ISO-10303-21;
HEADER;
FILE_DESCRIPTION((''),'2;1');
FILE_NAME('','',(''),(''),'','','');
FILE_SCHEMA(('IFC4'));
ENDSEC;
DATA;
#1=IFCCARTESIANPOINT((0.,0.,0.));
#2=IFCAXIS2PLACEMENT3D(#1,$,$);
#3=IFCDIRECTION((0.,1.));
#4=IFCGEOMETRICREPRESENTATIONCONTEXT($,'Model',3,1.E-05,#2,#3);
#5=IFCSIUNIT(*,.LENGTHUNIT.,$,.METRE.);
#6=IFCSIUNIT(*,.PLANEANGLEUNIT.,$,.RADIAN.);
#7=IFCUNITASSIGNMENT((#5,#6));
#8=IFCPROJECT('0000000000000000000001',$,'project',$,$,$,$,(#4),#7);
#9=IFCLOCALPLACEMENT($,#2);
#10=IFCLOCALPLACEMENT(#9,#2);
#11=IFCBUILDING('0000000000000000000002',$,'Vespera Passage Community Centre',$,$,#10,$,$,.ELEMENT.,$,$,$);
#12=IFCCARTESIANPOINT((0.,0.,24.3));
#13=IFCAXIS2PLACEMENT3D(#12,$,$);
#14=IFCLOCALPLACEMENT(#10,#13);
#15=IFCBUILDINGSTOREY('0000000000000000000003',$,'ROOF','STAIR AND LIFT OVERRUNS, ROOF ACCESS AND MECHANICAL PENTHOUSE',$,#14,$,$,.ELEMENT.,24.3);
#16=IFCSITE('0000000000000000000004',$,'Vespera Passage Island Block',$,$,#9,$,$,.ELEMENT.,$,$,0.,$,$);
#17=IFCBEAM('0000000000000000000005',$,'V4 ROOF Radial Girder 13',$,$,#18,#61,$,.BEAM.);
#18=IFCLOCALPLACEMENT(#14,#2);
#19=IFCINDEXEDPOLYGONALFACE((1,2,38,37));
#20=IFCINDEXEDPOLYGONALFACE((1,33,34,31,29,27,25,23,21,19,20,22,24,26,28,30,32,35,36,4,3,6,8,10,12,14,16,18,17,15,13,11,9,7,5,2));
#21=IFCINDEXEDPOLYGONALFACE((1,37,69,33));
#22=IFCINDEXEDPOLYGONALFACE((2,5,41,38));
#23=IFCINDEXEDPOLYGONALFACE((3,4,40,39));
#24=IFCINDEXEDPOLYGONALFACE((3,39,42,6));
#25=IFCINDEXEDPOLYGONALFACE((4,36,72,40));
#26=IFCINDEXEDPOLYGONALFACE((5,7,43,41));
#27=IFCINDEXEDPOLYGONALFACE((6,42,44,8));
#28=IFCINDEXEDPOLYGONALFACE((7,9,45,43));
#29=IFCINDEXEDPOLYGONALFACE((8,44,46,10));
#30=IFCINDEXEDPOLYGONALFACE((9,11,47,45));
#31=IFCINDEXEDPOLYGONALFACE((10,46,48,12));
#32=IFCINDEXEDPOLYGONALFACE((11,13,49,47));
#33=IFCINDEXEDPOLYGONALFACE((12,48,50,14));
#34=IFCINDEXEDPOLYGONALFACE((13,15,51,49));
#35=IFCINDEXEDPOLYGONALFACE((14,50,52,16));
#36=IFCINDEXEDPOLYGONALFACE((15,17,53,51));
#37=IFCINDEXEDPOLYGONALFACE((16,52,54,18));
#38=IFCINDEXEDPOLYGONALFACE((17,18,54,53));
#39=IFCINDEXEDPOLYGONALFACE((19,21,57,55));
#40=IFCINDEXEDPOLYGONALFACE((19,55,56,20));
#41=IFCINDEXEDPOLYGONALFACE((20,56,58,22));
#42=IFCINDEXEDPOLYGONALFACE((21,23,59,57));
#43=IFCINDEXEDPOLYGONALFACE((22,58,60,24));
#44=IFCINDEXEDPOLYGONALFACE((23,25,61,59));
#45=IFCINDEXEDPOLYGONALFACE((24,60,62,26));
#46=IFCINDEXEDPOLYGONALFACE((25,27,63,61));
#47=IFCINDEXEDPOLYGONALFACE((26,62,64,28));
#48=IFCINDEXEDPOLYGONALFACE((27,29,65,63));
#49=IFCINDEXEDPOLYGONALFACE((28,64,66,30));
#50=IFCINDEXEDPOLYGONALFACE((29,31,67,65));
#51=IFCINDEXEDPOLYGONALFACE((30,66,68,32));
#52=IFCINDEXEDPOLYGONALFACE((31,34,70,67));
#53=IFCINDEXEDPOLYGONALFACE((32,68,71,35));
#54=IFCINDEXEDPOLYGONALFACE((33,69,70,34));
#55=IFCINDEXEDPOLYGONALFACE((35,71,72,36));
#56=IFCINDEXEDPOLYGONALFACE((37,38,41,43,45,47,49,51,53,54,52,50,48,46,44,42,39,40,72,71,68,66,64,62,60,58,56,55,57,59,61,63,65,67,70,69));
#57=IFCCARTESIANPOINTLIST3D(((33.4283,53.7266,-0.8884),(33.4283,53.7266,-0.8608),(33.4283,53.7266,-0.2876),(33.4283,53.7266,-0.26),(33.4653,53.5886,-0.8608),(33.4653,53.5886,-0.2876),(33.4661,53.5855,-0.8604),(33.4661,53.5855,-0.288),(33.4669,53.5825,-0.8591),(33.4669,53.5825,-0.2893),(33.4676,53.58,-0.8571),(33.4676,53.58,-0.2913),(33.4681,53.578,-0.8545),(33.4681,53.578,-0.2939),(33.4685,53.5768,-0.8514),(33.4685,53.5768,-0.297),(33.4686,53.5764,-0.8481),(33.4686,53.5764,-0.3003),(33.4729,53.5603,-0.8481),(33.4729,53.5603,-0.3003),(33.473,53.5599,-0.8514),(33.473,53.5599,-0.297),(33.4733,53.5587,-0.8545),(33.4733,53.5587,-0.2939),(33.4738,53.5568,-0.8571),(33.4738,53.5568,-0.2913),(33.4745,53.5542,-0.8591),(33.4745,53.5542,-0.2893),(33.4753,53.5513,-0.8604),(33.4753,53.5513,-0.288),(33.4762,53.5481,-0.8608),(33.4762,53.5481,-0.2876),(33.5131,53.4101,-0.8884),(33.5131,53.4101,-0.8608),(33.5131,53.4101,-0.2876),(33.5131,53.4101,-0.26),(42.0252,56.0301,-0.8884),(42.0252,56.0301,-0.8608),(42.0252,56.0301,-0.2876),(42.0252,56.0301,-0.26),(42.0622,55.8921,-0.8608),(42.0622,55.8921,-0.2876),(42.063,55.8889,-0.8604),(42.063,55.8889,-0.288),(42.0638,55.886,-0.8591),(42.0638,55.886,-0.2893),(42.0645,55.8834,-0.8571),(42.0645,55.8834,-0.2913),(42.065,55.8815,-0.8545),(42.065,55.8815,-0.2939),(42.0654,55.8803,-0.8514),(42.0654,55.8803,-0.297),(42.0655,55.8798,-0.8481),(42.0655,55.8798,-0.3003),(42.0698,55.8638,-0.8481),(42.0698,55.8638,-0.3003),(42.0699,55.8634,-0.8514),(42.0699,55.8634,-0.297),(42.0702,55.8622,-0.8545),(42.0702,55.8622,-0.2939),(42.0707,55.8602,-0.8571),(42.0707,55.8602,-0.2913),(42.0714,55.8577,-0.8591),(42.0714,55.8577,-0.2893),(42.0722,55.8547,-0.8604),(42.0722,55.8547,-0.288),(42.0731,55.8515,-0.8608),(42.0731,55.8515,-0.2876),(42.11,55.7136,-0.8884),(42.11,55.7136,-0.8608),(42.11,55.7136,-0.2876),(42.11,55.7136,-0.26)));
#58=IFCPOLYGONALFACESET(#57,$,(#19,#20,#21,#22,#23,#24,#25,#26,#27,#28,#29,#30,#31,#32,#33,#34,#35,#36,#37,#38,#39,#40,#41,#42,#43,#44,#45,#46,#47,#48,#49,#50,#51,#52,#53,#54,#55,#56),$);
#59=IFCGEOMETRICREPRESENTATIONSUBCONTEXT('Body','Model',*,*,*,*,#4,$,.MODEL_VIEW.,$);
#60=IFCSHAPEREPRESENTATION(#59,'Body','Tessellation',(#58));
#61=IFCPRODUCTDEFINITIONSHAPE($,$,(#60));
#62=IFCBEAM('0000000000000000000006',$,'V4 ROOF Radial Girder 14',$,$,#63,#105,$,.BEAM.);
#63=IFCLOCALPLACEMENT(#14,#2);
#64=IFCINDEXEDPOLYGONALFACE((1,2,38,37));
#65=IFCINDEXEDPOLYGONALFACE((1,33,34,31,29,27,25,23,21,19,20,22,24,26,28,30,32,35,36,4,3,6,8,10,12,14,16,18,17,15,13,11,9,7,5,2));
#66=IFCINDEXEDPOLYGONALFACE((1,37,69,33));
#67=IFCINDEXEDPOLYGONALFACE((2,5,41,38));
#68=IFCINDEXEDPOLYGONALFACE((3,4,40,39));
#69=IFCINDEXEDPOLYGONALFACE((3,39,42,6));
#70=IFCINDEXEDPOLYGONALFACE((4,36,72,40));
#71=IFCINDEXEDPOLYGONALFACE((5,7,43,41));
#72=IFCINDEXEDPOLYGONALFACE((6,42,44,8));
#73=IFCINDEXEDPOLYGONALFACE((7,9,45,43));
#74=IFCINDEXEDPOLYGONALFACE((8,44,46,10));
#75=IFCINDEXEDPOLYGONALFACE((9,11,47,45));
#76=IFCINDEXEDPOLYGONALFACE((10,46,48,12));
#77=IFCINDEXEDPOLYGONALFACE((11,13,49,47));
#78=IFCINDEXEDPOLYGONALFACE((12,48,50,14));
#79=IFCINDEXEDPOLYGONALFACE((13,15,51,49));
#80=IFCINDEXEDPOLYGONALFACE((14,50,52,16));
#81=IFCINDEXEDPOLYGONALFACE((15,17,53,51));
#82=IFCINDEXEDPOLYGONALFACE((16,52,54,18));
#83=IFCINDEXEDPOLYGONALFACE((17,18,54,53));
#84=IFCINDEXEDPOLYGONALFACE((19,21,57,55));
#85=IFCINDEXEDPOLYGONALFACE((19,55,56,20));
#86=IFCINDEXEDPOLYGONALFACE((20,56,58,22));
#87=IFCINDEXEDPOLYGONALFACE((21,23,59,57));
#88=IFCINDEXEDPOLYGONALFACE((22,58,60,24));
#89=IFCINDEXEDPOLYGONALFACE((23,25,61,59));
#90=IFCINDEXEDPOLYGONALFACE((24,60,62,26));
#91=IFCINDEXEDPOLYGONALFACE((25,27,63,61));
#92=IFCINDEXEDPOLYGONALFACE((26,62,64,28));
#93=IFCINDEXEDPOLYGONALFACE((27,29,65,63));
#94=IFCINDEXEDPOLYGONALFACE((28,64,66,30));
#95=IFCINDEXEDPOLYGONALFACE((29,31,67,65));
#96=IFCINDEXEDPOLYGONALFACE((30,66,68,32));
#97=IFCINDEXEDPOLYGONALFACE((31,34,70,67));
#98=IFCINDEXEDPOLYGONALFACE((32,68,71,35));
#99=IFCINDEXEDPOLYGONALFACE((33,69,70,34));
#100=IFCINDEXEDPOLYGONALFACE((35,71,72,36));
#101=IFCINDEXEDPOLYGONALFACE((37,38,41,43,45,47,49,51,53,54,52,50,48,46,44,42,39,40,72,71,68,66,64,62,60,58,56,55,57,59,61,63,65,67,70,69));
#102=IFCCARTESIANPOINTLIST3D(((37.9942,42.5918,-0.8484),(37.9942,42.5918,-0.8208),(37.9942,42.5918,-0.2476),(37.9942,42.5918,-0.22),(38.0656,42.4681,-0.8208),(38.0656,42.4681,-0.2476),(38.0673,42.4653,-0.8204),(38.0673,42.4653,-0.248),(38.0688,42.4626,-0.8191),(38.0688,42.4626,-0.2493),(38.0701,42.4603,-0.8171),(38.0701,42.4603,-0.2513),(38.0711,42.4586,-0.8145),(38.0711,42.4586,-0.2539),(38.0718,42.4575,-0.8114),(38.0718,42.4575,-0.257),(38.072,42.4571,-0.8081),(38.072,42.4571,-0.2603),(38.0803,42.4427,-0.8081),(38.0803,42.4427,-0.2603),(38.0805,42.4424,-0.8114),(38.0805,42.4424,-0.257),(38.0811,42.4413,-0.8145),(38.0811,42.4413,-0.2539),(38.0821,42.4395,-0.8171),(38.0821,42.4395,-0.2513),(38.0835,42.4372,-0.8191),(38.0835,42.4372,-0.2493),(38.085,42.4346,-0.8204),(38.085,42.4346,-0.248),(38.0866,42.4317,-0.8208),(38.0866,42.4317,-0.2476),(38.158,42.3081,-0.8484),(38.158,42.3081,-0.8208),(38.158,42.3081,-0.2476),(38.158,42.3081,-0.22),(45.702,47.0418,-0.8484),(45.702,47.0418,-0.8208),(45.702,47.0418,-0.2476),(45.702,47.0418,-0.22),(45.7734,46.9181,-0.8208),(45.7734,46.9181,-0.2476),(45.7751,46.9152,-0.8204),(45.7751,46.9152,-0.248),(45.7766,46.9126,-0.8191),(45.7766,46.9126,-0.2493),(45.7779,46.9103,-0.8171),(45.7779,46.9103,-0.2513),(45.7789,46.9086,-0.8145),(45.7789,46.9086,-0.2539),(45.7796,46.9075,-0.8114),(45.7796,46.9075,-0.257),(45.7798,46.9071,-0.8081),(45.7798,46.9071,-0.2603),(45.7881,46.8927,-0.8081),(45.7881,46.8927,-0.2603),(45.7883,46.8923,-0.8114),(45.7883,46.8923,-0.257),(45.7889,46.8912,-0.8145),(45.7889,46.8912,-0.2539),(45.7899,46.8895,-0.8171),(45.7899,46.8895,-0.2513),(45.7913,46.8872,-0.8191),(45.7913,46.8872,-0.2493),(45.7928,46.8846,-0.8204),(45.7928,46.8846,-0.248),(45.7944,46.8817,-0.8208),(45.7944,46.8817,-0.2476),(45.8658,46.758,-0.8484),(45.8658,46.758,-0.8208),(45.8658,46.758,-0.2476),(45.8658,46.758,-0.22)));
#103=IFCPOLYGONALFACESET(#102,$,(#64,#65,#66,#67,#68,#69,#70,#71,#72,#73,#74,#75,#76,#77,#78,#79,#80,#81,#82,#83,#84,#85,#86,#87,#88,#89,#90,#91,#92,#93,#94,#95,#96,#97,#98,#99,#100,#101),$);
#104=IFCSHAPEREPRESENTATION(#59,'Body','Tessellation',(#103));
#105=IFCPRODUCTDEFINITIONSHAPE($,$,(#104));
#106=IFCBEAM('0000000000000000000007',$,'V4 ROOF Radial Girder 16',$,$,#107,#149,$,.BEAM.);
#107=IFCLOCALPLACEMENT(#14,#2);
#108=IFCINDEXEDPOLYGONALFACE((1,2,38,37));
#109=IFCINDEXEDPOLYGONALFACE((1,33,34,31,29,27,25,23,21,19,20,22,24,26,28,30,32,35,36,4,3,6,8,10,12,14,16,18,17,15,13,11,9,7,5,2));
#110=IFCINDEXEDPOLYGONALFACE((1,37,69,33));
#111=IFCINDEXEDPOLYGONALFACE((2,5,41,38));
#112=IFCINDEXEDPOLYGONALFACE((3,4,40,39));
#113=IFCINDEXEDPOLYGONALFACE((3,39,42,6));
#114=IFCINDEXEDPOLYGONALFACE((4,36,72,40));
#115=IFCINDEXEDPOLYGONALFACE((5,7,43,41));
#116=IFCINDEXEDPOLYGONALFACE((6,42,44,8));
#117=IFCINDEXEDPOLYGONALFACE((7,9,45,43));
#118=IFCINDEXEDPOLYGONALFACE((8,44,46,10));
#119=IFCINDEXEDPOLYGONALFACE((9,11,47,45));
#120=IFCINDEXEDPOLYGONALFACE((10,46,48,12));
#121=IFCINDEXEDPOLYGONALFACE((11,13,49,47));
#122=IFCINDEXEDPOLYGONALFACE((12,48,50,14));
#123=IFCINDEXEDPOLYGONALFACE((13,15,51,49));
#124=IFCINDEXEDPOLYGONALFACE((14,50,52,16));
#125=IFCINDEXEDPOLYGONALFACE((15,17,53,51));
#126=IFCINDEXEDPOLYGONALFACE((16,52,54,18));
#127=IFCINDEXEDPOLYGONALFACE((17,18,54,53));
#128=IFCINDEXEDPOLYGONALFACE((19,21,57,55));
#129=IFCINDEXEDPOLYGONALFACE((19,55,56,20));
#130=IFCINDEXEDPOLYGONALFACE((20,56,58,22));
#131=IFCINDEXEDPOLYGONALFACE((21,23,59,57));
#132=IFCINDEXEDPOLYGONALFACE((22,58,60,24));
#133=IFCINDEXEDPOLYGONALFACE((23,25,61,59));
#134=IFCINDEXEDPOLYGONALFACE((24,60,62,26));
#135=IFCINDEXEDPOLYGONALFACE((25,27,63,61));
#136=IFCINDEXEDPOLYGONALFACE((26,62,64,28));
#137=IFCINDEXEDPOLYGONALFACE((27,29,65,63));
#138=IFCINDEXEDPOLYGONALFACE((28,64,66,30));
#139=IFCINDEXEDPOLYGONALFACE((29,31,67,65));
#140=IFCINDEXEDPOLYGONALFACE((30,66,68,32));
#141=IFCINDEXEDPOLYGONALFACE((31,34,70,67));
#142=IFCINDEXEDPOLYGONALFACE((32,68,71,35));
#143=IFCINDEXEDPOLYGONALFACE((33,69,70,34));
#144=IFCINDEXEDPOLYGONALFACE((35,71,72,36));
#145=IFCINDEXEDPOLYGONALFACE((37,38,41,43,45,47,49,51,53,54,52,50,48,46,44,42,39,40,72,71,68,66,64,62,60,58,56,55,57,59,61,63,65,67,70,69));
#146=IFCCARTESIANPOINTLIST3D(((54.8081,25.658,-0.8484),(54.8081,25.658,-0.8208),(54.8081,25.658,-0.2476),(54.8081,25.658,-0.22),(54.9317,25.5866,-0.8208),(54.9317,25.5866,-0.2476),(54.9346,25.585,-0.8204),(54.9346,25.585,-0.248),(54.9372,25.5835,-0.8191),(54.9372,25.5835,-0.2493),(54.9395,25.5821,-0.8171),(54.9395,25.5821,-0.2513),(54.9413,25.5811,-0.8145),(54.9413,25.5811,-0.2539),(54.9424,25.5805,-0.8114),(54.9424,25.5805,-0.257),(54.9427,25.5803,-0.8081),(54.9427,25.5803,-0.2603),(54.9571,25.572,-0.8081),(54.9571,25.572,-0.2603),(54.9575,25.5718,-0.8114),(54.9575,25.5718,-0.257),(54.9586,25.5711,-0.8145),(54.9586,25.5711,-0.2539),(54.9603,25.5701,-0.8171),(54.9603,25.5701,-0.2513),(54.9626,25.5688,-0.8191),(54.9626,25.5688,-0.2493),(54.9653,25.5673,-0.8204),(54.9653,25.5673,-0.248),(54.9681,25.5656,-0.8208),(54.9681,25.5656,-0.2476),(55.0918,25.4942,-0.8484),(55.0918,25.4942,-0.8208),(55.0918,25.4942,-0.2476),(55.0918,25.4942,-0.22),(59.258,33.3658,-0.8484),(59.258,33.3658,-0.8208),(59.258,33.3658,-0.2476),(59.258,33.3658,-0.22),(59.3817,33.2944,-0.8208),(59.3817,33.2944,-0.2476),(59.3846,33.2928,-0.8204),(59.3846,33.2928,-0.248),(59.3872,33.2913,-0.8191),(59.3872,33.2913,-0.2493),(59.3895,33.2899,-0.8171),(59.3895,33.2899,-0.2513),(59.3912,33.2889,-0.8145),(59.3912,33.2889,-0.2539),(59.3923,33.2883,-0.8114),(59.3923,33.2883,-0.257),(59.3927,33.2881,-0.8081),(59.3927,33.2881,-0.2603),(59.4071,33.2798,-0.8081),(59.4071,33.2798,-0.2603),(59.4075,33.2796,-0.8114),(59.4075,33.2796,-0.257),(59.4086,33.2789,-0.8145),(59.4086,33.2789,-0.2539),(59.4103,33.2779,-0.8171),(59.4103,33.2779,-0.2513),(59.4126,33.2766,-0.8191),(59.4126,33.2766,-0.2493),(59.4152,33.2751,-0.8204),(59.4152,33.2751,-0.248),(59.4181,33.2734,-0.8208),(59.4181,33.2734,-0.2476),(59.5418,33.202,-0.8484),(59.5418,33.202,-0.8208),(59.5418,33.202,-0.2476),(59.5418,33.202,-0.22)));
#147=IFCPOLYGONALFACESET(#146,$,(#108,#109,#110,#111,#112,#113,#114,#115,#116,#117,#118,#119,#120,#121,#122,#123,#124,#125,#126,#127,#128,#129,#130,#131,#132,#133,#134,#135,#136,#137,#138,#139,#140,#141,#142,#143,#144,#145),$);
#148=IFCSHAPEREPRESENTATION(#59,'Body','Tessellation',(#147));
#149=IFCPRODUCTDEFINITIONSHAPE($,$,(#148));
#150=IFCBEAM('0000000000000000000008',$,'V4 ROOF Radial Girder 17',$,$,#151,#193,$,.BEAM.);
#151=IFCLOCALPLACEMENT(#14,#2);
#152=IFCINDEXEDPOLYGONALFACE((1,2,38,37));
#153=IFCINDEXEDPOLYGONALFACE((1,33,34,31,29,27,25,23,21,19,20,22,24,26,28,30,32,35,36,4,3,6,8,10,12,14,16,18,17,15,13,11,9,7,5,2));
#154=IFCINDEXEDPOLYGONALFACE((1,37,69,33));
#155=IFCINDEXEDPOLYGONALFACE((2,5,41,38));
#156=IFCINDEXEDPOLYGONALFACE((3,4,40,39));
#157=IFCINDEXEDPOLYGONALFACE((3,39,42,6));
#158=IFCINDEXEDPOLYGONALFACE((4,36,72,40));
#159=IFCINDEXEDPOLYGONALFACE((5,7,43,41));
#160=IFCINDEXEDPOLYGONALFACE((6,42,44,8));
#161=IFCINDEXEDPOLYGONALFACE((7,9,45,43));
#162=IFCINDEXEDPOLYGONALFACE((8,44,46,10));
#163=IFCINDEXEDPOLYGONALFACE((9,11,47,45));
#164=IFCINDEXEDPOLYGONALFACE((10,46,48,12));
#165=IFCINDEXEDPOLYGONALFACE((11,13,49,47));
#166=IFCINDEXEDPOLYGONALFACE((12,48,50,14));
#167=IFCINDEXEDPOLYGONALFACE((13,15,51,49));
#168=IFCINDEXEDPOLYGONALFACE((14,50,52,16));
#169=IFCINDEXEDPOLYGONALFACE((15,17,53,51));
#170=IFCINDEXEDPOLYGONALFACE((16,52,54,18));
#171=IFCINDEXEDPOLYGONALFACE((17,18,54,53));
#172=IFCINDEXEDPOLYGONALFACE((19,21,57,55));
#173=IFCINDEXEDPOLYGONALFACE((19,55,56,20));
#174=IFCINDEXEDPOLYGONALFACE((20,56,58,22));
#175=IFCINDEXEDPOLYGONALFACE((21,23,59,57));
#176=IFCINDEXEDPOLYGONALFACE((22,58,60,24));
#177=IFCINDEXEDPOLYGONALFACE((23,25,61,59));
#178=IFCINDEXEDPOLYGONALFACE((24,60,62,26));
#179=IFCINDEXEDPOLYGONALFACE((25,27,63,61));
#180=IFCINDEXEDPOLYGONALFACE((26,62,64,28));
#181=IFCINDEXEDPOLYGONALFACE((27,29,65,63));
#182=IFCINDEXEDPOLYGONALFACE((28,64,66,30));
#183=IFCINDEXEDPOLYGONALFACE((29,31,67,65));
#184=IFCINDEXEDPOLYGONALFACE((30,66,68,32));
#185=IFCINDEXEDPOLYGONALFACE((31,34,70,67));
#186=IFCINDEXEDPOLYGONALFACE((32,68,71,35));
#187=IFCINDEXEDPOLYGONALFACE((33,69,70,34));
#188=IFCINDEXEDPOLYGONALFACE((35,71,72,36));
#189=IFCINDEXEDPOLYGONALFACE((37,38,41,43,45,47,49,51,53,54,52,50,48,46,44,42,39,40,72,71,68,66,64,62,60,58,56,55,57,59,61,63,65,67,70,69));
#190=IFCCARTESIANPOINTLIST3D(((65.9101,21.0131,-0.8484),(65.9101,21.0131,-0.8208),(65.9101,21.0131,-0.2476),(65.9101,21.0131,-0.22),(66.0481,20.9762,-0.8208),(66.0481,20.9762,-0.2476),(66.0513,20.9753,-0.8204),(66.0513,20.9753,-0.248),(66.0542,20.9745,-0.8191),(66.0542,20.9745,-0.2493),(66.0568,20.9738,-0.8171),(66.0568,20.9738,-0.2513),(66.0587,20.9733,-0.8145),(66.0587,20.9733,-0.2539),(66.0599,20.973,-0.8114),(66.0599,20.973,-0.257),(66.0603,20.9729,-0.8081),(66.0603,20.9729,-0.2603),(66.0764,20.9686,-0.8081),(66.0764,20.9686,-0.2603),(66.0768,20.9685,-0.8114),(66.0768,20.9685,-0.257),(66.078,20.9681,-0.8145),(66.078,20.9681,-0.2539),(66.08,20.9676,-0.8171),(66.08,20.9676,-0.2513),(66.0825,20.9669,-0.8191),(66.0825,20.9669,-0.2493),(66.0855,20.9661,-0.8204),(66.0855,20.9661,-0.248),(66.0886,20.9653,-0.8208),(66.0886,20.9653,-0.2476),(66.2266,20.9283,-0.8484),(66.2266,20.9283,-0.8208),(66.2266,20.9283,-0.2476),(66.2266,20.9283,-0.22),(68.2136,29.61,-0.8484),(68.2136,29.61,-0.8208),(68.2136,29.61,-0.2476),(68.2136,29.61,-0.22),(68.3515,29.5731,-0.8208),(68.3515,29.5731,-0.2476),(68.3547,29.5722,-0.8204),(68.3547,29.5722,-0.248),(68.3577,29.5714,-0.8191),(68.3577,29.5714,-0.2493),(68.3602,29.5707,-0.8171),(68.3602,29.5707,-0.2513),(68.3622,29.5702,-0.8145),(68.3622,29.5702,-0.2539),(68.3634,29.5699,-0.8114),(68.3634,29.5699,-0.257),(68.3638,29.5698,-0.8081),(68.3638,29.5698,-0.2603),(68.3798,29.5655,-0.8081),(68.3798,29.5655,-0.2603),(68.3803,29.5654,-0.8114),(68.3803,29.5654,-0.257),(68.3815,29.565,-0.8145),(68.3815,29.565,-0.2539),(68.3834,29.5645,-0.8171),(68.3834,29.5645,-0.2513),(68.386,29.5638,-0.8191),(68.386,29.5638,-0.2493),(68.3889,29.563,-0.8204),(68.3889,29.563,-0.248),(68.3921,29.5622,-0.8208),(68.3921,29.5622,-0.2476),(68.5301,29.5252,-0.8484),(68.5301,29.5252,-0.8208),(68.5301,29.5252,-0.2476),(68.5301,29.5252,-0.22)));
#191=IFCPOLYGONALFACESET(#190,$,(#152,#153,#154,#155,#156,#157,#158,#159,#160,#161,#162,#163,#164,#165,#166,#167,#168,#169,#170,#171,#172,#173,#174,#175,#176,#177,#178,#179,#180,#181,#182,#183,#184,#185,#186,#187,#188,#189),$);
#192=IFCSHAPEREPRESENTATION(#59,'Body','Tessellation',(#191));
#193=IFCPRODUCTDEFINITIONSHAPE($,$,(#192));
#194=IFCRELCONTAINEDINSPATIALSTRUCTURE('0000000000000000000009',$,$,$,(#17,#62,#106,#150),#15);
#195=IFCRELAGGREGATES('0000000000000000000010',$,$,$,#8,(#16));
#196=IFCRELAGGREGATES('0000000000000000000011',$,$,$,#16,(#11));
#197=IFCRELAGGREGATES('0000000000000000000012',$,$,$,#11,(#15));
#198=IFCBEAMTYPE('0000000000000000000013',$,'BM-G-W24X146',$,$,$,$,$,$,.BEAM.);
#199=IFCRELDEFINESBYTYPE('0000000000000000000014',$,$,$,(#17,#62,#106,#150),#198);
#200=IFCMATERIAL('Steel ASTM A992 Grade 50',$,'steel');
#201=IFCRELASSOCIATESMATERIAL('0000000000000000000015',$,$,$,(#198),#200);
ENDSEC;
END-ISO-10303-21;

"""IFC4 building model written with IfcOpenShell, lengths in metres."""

from ifc_helpers import new_model, si_unit, direction, frame, origin, origin_2d, place, context, subcontext, project, spatial, i_section, extrude, material, material_profile, profile_set, type_object, element, save


model = new_model("IFC4")

# Units and contexts
model_context = context("Model", 3, precision=1e-05, world=origin(), true_north=direction((0.0, 1.0)))
body_context = subcontext(model_context, "Body", "Model", "MODEL_VIEW")
ifc_project = project(units=[si_unit("LENGTHUNIT", "METRE"), si_unit("PLANEANGLEUNIT", "RADIAN")], contexts=[model_context])

# Site, building, storey
site_placement = place(None, origin())
site = spatial("IfcSite", under=ifc_project, at=site_placement, Name="Vespera Passage Island Block", CompositionType="ELEMENT", RefElevation=0.0)
building_placement = place(site_placement, origin())
building = spatial("IfcBuilding", under=site, at=building_placement, Name="Vespera Passage Community Centre", CompositionType="ELEMENT")
storey_placement = place(building_placement, frame((0.0, 0.0, 24.3)))
storey = spatial("IfcBuildingStorey", under=building, at=storey_placement, Name="ROOF", Description="STAIR AND LIFT OVERRUNS, ROOF ACCESS AND MECHANICAL PENTHOUSE", CompositionType="ELEMENT", Elevation=24.3)

# Beams
ifc_material_1 = material(Name="Steel ASTM A992 Grade 50", Category="steel")
ifc_material_profile_1 = material_profile(ifc_material_1, i_section(OverallWidth=0.3276, OverallDepth=0.6284, WebThickness=0.0166, FlangeThickness=0.0276, FilletRadius=0.0127, at=origin_2d()), Name="W24X146")
ifc_profile_set_1 = profile_set([ifc_material_profile_1], Name="Steel ASTM A992 Grade 50")
beam_type_1 = type_object("IfcBeamType", Name="BM-G-W24X146", PredefinedType="BEAM", material=ifc_profile_set_1)
for number, where, z_axis, x_axis, name in (
    (1, (42.0676, 55.8718, -0.5742), (-0.965928, -0.258811, 0.0), (0.258811, -0.965928, 0.0), "V4 ROOF Radial Girder 13"),
    (2, (45.7839, 46.8999, -0.5342), (-0.866032, -0.499989, 0.0), (0.499989, -0.866032, 0.0), "V4 ROOF Radial Girder 14"),
    (3, (59.3999, 33.2839, -0.5342), (-0.499989, -0.866032, 0.0), (0.866032, -0.499989, 0.0), "V4 ROOF Radial Girder 16"),
    (4, (68.3718, 29.5676, -0.5342), (-0.258811, -0.965928, 0.0), (0.965928, -0.258811, 0.0), "V4 ROOF Radial Girder 17"),
):
    element("IfcBeam", number, at=place(storey_placement, frame(where, z_axis=z_axis, x_axis=x_axis)), inside=storey, type_object=beam_type_1, Name=name, PredefinedType="BEAM", context=body_context, shape_type="SweptSolid", body=[
        extrude(i_section(OverallWidth=0.3276, OverallDepth=0.6284, WebThickness=0.0166, FlangeThickness=0.0276, FilletRadius=0.0127, at=origin_2d()), origin(), (0.0, 0.0, 1.0), 8.9001),
    ])

save(model, "model.ifc")
